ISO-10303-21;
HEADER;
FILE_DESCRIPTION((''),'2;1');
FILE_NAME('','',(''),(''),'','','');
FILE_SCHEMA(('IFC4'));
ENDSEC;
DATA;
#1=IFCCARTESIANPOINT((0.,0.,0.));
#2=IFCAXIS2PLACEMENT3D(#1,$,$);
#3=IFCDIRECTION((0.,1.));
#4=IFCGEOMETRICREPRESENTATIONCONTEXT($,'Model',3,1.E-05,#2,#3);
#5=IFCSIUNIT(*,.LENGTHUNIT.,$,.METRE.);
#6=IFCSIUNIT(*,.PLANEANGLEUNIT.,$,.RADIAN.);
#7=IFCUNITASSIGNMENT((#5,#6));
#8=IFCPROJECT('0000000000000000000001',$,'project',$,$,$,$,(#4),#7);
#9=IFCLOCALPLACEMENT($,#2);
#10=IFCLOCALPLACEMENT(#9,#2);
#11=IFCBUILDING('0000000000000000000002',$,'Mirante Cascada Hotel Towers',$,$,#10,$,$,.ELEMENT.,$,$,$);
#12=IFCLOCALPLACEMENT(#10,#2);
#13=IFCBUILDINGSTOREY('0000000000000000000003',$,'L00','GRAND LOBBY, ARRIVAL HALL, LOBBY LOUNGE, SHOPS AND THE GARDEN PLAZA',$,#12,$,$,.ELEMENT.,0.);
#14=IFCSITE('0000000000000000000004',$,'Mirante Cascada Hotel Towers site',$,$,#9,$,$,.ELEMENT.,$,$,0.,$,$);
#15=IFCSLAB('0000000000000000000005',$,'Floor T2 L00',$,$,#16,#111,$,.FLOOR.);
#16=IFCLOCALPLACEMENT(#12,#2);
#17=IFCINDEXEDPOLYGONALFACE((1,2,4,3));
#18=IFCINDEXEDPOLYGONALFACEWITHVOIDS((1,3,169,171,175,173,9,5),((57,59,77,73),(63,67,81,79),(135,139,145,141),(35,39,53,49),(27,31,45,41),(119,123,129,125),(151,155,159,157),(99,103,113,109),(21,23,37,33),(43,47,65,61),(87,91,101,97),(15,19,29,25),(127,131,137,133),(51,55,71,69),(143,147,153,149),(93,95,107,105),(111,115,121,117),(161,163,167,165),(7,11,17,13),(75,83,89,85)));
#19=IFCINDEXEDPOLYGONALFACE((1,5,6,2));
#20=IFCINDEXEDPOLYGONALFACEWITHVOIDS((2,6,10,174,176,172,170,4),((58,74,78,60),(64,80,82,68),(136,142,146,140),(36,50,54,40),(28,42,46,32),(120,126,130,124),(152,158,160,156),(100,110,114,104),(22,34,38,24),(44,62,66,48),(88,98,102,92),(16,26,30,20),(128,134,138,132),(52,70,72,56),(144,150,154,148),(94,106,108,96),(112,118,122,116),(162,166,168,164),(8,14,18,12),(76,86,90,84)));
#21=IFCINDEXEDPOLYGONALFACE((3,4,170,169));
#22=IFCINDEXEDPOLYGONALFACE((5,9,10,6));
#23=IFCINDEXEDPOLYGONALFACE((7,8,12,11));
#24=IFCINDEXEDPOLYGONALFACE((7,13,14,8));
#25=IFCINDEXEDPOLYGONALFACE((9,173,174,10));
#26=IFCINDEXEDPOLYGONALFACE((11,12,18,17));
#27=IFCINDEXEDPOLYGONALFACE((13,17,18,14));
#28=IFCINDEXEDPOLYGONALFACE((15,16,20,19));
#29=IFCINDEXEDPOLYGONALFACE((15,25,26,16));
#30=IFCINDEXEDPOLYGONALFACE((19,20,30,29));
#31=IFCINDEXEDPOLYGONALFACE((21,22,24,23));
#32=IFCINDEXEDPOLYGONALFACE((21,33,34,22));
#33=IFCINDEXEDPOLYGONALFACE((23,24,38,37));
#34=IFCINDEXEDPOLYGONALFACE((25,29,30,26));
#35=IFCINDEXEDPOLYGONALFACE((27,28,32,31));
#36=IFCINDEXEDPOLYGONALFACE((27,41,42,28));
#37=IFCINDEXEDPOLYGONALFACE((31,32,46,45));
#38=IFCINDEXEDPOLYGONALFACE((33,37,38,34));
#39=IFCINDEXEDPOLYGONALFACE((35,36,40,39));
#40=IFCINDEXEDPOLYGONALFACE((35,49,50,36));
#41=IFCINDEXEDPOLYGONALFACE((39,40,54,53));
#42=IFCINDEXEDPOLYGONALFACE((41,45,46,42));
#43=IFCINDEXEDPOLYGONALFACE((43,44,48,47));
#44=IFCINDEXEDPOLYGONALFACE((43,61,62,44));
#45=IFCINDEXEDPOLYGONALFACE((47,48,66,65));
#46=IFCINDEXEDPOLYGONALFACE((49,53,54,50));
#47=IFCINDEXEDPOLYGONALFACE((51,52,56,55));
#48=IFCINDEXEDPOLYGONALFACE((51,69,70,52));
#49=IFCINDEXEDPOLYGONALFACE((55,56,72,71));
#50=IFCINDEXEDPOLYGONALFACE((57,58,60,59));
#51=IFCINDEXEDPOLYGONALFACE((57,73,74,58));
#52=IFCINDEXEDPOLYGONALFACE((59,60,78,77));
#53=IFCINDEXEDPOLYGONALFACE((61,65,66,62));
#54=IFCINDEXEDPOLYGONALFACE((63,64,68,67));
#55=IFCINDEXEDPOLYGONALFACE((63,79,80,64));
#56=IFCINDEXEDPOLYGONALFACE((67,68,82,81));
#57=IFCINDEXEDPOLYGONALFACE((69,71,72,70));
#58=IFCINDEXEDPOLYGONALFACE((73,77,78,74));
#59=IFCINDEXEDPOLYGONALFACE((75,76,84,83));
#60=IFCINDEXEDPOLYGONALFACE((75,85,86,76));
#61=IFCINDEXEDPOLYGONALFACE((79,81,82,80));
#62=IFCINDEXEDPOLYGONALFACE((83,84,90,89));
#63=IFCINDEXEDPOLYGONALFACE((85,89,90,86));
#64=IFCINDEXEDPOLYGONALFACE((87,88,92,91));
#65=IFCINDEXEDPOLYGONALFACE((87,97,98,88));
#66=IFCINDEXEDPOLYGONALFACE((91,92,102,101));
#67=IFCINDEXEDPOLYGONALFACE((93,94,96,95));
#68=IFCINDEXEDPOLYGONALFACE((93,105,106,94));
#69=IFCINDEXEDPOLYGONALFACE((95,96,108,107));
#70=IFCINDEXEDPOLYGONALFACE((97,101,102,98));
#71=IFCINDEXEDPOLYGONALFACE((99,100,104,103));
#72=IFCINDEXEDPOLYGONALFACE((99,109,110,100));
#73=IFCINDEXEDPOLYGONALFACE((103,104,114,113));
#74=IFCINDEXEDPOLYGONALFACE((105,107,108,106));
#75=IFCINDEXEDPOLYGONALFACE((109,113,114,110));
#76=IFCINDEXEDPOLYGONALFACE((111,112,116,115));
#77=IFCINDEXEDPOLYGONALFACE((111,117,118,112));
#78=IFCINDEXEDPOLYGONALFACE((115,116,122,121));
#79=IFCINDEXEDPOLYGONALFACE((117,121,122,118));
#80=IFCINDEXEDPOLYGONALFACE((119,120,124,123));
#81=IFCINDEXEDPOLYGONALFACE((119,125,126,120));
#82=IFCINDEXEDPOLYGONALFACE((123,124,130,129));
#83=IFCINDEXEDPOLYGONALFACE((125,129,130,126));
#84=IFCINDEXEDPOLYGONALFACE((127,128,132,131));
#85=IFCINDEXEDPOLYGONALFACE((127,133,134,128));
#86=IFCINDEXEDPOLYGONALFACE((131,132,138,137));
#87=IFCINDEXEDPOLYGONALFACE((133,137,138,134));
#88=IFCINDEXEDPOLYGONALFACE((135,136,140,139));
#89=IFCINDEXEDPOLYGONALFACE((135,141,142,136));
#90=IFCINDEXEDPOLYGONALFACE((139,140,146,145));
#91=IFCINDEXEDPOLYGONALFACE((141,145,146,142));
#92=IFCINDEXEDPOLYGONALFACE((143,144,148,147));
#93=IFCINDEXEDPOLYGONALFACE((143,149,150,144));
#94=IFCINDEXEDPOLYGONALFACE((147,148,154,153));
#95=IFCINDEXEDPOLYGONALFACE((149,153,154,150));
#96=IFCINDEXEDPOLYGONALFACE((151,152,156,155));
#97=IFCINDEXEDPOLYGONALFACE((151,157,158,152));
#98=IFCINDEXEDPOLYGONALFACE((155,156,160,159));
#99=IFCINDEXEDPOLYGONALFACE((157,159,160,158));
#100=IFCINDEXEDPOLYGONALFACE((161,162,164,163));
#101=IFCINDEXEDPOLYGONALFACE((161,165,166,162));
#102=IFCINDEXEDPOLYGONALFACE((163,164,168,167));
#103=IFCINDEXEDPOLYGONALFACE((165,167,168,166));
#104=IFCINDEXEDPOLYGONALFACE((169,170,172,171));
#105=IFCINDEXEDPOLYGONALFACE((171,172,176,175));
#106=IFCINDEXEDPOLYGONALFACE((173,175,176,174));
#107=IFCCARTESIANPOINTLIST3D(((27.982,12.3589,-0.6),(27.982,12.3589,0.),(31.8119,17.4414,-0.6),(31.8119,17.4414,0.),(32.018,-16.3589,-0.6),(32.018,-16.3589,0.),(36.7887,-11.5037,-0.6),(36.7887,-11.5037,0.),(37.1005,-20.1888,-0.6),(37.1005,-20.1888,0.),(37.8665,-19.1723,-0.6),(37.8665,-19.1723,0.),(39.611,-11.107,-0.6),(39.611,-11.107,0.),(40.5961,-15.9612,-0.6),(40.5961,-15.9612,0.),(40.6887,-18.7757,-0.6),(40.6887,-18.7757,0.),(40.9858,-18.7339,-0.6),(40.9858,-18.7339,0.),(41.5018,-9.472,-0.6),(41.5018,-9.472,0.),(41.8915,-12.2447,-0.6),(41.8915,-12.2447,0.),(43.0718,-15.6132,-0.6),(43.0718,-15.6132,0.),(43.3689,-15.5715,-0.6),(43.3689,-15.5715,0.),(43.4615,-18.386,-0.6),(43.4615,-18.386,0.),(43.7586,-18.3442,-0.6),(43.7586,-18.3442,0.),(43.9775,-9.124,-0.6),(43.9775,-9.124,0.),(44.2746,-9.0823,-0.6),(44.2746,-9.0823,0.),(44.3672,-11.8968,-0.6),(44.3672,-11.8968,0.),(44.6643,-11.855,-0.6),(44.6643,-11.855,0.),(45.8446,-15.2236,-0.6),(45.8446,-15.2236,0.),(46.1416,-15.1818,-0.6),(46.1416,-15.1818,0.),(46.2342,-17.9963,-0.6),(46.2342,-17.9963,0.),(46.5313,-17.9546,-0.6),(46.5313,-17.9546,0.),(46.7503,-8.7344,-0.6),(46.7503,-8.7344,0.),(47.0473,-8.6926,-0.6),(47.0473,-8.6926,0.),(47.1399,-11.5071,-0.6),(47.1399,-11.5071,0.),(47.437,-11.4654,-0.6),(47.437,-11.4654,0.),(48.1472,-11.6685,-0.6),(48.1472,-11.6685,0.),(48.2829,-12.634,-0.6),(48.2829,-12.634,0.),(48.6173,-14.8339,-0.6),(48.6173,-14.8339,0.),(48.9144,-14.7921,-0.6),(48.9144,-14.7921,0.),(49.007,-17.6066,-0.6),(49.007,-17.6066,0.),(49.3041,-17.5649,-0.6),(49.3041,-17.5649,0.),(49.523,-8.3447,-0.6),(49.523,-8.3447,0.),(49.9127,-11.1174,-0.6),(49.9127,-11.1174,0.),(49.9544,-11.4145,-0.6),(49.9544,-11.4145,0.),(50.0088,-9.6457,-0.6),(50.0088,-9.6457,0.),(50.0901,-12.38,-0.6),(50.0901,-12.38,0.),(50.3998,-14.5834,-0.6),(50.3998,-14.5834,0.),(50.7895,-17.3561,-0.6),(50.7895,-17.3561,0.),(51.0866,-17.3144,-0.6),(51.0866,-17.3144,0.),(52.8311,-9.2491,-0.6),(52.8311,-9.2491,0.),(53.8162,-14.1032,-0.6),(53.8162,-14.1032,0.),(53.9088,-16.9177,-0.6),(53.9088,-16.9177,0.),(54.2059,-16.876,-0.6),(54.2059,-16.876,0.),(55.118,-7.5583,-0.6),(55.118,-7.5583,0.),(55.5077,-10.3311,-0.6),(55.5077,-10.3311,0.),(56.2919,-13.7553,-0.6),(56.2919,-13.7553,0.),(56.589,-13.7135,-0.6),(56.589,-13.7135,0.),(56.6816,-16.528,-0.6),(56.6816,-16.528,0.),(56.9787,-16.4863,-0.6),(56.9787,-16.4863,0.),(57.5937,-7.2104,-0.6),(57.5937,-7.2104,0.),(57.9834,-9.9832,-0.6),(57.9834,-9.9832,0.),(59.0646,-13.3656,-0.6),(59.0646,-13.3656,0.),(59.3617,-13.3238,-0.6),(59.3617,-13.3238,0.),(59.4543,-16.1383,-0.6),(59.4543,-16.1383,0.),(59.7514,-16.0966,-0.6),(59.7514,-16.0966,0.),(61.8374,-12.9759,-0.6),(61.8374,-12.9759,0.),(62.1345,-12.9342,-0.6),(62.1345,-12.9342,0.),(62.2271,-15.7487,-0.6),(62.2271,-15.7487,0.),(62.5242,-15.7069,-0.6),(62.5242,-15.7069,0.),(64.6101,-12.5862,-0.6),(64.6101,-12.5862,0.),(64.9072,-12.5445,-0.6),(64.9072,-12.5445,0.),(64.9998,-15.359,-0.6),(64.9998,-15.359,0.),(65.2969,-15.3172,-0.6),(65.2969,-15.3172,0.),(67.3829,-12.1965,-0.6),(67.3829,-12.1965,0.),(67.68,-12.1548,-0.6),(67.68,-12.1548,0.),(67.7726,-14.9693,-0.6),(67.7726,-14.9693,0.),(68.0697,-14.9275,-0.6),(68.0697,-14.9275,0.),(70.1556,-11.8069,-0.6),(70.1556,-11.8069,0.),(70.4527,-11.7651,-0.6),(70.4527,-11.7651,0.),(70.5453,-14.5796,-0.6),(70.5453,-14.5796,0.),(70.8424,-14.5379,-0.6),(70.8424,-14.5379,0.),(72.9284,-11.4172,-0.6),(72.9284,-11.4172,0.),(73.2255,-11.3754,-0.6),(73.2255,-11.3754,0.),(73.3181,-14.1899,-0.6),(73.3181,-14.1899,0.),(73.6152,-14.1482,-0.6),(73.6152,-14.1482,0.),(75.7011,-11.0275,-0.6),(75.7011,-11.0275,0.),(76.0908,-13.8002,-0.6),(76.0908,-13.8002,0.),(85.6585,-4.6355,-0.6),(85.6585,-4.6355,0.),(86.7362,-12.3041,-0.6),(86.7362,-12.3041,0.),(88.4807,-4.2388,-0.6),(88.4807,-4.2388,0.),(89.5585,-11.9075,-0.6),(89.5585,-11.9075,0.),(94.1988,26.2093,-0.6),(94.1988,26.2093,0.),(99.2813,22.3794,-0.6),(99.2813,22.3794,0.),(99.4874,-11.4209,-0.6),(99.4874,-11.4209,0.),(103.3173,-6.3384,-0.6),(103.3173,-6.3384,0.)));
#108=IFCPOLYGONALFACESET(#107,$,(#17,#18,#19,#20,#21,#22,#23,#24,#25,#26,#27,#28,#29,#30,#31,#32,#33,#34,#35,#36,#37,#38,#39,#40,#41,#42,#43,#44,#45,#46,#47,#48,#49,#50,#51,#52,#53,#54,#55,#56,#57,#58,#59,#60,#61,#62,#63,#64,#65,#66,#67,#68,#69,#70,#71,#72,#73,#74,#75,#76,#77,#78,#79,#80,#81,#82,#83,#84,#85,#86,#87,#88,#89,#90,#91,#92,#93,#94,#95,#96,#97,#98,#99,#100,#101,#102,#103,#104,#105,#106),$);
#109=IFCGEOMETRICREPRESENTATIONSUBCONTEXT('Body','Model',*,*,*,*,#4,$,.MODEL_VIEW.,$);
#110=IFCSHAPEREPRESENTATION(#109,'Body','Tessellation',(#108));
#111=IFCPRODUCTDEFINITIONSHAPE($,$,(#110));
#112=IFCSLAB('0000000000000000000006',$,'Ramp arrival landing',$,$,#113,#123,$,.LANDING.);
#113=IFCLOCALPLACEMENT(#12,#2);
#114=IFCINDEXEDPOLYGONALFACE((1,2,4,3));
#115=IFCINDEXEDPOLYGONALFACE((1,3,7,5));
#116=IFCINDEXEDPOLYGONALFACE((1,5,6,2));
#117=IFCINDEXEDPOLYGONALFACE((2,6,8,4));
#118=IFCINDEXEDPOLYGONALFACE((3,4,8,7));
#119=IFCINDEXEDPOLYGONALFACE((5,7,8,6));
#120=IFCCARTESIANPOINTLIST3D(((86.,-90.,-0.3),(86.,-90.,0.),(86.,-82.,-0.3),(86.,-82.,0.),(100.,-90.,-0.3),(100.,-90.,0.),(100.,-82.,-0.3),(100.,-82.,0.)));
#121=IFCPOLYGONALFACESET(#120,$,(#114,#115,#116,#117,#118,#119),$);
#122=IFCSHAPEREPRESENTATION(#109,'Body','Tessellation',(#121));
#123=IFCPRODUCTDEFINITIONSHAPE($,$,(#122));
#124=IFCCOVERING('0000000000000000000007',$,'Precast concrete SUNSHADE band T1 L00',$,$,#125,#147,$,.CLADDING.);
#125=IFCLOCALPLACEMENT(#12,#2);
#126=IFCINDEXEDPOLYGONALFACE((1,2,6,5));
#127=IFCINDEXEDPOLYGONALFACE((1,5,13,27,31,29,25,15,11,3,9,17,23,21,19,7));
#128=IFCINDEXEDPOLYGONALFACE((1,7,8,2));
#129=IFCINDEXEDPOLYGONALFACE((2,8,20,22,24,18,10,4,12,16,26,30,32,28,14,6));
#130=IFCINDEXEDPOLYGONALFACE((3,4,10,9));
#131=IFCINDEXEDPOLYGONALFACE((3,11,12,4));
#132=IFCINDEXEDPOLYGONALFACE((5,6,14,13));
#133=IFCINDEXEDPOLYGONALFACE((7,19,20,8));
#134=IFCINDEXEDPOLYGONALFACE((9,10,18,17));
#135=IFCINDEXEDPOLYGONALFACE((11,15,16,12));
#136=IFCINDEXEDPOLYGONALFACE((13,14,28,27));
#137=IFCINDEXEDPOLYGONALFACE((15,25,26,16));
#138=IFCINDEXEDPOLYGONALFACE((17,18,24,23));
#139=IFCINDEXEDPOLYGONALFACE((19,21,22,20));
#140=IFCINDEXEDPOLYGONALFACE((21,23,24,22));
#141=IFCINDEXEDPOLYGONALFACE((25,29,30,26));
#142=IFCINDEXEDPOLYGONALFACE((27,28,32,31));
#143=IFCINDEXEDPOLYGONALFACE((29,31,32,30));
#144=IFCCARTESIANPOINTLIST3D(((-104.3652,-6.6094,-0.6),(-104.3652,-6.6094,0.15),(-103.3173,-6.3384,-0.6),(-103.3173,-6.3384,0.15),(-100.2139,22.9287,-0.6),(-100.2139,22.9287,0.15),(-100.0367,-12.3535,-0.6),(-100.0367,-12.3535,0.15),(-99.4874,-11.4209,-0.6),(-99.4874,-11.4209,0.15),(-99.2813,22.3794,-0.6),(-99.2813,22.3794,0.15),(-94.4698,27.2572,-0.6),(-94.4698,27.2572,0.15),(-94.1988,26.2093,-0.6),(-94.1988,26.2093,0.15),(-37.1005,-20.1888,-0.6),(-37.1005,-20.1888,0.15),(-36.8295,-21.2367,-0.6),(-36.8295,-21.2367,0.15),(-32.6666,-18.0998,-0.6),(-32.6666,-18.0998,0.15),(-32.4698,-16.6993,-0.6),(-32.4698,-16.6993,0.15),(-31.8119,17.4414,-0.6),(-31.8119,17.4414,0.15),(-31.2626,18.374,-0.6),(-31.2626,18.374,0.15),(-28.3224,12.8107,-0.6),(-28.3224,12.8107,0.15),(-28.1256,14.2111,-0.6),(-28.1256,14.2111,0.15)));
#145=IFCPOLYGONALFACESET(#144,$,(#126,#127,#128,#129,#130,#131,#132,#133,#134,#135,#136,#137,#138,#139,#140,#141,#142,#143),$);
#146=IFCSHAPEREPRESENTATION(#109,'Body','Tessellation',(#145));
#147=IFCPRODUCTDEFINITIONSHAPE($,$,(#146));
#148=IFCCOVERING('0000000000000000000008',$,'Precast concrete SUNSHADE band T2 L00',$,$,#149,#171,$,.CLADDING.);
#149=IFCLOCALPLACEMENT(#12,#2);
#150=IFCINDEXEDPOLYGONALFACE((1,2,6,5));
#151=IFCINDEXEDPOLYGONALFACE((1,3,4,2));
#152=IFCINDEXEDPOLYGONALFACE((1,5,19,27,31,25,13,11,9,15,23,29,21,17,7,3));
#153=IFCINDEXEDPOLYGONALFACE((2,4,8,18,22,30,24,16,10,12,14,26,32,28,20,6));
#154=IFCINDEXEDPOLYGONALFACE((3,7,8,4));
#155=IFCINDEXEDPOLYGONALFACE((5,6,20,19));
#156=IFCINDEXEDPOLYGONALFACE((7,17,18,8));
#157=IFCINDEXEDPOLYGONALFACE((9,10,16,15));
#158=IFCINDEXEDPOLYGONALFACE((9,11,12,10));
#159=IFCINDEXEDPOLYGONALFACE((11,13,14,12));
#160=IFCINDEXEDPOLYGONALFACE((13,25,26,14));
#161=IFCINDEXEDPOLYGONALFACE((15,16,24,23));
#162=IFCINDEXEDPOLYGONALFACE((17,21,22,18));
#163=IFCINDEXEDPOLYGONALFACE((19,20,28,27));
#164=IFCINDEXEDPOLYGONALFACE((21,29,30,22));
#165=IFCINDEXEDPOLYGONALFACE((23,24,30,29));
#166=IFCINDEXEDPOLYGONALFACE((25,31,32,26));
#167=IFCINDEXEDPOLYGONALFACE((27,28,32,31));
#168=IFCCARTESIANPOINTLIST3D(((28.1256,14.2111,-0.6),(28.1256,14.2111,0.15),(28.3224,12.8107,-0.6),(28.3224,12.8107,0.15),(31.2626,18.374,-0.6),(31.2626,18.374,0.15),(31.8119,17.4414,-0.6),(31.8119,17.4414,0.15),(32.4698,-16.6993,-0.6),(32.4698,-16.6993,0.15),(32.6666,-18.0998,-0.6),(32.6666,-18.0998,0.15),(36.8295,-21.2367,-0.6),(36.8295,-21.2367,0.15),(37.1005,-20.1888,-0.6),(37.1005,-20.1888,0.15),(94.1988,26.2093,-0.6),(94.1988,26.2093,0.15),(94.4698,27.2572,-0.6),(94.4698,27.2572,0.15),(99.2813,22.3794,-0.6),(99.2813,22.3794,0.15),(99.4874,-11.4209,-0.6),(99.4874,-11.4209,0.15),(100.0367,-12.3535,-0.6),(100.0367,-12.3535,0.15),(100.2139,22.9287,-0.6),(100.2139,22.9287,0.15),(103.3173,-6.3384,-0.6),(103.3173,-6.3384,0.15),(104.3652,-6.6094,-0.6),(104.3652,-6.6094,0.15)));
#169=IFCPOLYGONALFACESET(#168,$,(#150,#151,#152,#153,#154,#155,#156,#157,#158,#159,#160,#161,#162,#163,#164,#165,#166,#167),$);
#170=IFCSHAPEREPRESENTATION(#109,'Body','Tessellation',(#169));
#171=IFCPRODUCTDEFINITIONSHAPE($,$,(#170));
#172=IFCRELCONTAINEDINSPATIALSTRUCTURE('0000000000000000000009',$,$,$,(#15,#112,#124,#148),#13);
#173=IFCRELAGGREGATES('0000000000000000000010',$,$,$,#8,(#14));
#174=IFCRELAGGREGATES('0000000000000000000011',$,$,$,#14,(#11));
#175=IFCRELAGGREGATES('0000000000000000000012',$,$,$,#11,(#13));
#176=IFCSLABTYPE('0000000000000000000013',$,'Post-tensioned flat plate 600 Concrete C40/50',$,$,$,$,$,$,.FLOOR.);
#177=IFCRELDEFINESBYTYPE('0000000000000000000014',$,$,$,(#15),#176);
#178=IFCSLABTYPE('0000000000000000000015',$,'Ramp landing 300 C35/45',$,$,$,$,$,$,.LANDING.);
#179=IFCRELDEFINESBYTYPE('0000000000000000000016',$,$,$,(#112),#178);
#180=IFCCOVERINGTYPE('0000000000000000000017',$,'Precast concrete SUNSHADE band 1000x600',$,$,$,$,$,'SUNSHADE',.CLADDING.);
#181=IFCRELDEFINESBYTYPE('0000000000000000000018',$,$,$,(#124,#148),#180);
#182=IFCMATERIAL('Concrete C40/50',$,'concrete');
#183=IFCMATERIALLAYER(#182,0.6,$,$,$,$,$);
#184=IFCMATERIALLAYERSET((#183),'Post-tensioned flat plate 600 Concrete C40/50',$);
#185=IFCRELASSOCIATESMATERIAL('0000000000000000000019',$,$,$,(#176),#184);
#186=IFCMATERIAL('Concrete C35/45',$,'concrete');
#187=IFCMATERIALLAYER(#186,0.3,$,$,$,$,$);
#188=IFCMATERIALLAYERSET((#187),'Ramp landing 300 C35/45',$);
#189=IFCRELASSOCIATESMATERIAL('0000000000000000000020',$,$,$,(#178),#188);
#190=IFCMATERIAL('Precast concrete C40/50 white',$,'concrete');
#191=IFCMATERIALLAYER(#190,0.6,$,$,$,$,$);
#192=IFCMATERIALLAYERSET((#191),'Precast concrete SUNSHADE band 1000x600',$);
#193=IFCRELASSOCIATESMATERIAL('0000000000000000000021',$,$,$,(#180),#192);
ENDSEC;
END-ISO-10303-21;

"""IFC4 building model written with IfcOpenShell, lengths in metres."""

from ifc_helpers import new_model, si_unit, direction, frame, origin, place, context, subcontext, project, spatial, polyline, outline, extrude, material, layer, layer_set, type_object, element, save


model = new_model("IFC4")

# Units and contexts
model_context = context("Model", 3, precision=1e-05, world=origin(), true_north=direction((0.0, 1.0)))
body_context = subcontext(model_context, "Body", "Model", "MODEL_VIEW")
ifc_project = project(units=[si_unit("LENGTHUNIT", "METRE"), si_unit("PLANEANGLEUNIT", "RADIAN")], contexts=[model_context])

# Site, building, storey
site_placement = place(None, origin())
site = spatial("IfcSite", under=ifc_project, at=site_placement, Name="Mirante Cascada Hotel Towers site", CompositionType="ELEMENT", RefElevation=0.0)
building_placement = place(site_placement, origin())
building = spatial("IfcBuilding", under=site, at=building_placement, Name="Mirante Cascada Hotel Towers", CompositionType="ELEMENT")
storey_placement = place(building_placement, origin())
storey = spatial("IfcBuildingStorey", under=building, at=storey_placement, Name="L00", Description="GRAND LOBBY, ARRIVAL HALL, LOBBY LOUNGE, SHOPS AND THE GARDEN PLAZA", CompositionType="ELEMENT", Elevation=0.0)

# Slabs
ifc_material_1 = material(Name="Concrete C40/50", Category="concrete")
ifc_layer_1 = layer(ifc_material_1, 0.6)
ifc_layer_set_1 = layer_set([ifc_layer_1], Name="Post-tensioned flat plate 600 Concrete C40/50")
slab_type_1 = type_object("IfcSlabType", Name="Post-tensioned flat plate 600 Concrete C40/50", PredefinedType="FLOOR", material=ifc_layer_set_1)
slab_1_placement = place(storey_placement, frame((0.0, 0.0, -0.6)))
element("IfcSlab", 1, at=slab_1_placement, inside=storey, type_object=slab_type_1, Name="Floor T2 L00", PredefinedType="FLOOR", context=body_context, shape_type="SweptSolid", body=[
    extrude(outline(polyline([(32.018, -16.3589), (27.982, 12.3589), (31.8119, 17.4414), (94.1988, 26.2093), (99.2813, 22.3794), (103.3173, -6.3384), (99.4874, -11.4209), (37.1005, -20.1888), (32.018, -16.3589)]), holes=[polyline([(43.0718, -15.6132), (40.5961, -15.9612), (40.9858, -18.7339), (43.4615, -18.386), (43.0718, -15.6132)]), polyline([(45.8446, -15.2236), (43.3689, -15.5715), (43.7586, -18.3442), (46.2342, -17.9963), (45.8446, -15.2236)]), polyline([(48.6173, -14.8339), (46.1416, -15.1818), (46.5313, -17.9546), (49.007, -17.6066), (48.6173, -14.8339)]), polyline([(50.7895, -17.3561), (50.3998, -14.5834), (48.9144, -14.7921), (49.3041, -17.5649), (50.7895, -17.3561)]), polyline([(36.7887, -11.5037), (37.8665, -19.1723), (40.6887, -18.7757), (39.611, -11.107), (36.7887, -11.5037)]), polyline([(51.0866, -17.3144), (53.9088, -16.9177), (52.8311, -9.2491), (50.0088, -9.6457), (51.0866, -17.3144)]), polyline([(49.9544, -11.4145), (48.1472, -11.6685), (48.2829, -12.634), (50.0901, -12.38), (49.9544, -11.4145)]), polyline([(43.9775, -9.124), (41.5018, -9.472), (41.8915, -12.2447), (44.3672, -11.8968), (43.9775, -9.124)]), polyline([(47.1399, -11.5071), (46.7503, -8.7344), (44.2746, -9.0823), (44.6643, -11.855), (47.1399, -11.5071)]), polyline([(49.9127, -11.1174), (49.523, -8.3447), (47.0473, -8.6926), (47.437, -11.4654), (49.9127, -11.1174)]), polyline([(56.2919, -13.7553), (53.8162, -14.1032), (54.2059, -16.876), (56.6816, -16.528), (56.2919, -13.7553)]), polyline([(59.0646, -13.3656), (56.589, -13.7135), (56.9787, -16.4863), (59.4543, -16.1383), (59.0646, -13.3656)]), polyline([(61.8374, -12.9759), (59.3617, -13.3238), (59.7514, -16.0966), (62.2271, -15.7487), (61.8374, -12.9759)]), polyline([(64.9998, -15.359), (64.6101, -12.5862), (62.1345, -12.9342), (62.5242, -15.7069), (64.9998, -15.359)]), polyline([(67.7726, -14.9693), (67.3829, -12.1965), (64.9072, -12.5445), (65.2969, -15.3172), (67.7726, -14.9693)]), polyline([(70.1556, -11.8069), (67.68, -12.1548), (68.0697, -14.9275), (70.5453, -14.5796), (70.1556, -11.8069)]), polyline([(72.9284, -11.4172), (70.4527, -11.7651), (70.8424, -14.5379), (73.3181, -14.1899), (72.9284, -11.4172)]), polyline([(75.7011, -11.0275), (73.2255, -11.3754), (73.6152, -14.1482), (76.0908, -13.8002), (75.7011, -11.0275)]), polyline([(85.6585, -4.6355), (86.7362, -12.3041), (89.5585, -11.9075), (88.4807, -4.2388), (85.6585, -4.6355)]), polyline([(57.9834, -9.9832), (57.5937, -7.2104), (55.118, -7.5583), (55.5077, -10.3311), (57.9834, -9.9832)])]), origin(), (0.0, 0.0, 1.0), 0.6),
])
ifc_material_2 = material(Name="Concrete C35/45", Category="concrete")
ifc_layer_2 = layer(ifc_material_2, 0.3)
ifc_layer_set_2 = layer_set([ifc_layer_2], Name="Ramp landing 300 C35/45")
slab_type_2 = type_object("IfcSlabType", Name="Ramp landing 300 C35/45", PredefinedType="LANDING", material=ifc_layer_set_2)
slab_2_placement = place(storey_placement, frame((0.0, 0.0, -0.3)))
element("IfcSlab", 2, at=slab_2_placement, inside=storey, type_object=slab_type_2, Name="Ramp arrival landing", PredefinedType="LANDING", context=body_context, shape_type="SweptSolid", body=[
    extrude(outline(polyline([(86.0, -90.0), (100.0, -90.0), (100.0, -82.0), (86.0, -82.0), (86.0, -90.0)])), origin(), (0.0, 0.0, 1.0), 0.3),
])

# Coverings
ifc_material_3 = material(Name="Precast concrete C40/50 white", Category="concrete")
ifc_layer_3 = layer(ifc_material_3, 0.6)
ifc_layer_set_3 = layer_set([ifc_layer_3], Name="Precast concrete SUNSHADE band 1000x600")
covering_type = type_object("IfcCoveringType", Name="Precast concrete SUNSHADE band 1000x600", ElementType="SUNSHADE", PredefinedType="CLADDING", material=ifc_layer_set_3)
covering_1_placement = place(storey_placement, frame((0.0, 0.0, -0.6)))
element("IfcCovering", 3, at=covering_1_placement, inside=storey, type_object=covering_type, Name="Precast concrete SUNSHADE band T1 L00", PredefinedType="CLADDING", context=body_context, shape_type="SweptSolid", body=[
    extrude(outline(polyline([(-100.2139, 22.9287), (-94.4698, 27.2572), (-31.2626, 18.374), (-28.1256, 14.2111), (-28.3224, 12.8107), (-31.8119, 17.4414), (-94.1988, 26.2093), (-99.2813, 22.3794), (-103.3173, -6.3384), (-99.4874, -11.4209), (-37.1005, -20.1888), (-32.4698, -16.6993), (-32.6666, -18.0998), (-36.8295, -21.2367), (-100.0367, -12.3535), (-104.3652, -6.6094), (-100.2139, 22.9287)])), origin(), (0.0, 0.0, 1.0), 0.75),
])
covering_2_placement = place(storey_placement, frame((0.0, 0.0, -0.6)))
element("IfcCovering", 4, at=covering_2_placement, inside=storey, type_object=covering_type, Name="Precast concrete SUNSHADE band T2 L00", PredefinedType="CLADDING", context=body_context, shape_type="SweptSolid", body=[
    extrude(outline(polyline([(94.4698, 27.2572), (100.2139, 22.9287), (104.3652, -6.6094), (100.0367, -12.3535), (36.8295, -21.2367), (32.6666, -18.0998), (32.4698, -16.6993), (37.1005, -20.1888), (99.4874, -11.4209), (103.3173, -6.3384), (99.2813, 22.3794), (94.1988, 26.2093), (31.8119, 17.4414), (28.3224, 12.8107), (28.1256, 14.2111), (31.2626, 18.374), (94.4698, 27.2572)])), origin(), (0.0, 0.0, 1.0), 0.75),
])

save(model, "model.ifc")
